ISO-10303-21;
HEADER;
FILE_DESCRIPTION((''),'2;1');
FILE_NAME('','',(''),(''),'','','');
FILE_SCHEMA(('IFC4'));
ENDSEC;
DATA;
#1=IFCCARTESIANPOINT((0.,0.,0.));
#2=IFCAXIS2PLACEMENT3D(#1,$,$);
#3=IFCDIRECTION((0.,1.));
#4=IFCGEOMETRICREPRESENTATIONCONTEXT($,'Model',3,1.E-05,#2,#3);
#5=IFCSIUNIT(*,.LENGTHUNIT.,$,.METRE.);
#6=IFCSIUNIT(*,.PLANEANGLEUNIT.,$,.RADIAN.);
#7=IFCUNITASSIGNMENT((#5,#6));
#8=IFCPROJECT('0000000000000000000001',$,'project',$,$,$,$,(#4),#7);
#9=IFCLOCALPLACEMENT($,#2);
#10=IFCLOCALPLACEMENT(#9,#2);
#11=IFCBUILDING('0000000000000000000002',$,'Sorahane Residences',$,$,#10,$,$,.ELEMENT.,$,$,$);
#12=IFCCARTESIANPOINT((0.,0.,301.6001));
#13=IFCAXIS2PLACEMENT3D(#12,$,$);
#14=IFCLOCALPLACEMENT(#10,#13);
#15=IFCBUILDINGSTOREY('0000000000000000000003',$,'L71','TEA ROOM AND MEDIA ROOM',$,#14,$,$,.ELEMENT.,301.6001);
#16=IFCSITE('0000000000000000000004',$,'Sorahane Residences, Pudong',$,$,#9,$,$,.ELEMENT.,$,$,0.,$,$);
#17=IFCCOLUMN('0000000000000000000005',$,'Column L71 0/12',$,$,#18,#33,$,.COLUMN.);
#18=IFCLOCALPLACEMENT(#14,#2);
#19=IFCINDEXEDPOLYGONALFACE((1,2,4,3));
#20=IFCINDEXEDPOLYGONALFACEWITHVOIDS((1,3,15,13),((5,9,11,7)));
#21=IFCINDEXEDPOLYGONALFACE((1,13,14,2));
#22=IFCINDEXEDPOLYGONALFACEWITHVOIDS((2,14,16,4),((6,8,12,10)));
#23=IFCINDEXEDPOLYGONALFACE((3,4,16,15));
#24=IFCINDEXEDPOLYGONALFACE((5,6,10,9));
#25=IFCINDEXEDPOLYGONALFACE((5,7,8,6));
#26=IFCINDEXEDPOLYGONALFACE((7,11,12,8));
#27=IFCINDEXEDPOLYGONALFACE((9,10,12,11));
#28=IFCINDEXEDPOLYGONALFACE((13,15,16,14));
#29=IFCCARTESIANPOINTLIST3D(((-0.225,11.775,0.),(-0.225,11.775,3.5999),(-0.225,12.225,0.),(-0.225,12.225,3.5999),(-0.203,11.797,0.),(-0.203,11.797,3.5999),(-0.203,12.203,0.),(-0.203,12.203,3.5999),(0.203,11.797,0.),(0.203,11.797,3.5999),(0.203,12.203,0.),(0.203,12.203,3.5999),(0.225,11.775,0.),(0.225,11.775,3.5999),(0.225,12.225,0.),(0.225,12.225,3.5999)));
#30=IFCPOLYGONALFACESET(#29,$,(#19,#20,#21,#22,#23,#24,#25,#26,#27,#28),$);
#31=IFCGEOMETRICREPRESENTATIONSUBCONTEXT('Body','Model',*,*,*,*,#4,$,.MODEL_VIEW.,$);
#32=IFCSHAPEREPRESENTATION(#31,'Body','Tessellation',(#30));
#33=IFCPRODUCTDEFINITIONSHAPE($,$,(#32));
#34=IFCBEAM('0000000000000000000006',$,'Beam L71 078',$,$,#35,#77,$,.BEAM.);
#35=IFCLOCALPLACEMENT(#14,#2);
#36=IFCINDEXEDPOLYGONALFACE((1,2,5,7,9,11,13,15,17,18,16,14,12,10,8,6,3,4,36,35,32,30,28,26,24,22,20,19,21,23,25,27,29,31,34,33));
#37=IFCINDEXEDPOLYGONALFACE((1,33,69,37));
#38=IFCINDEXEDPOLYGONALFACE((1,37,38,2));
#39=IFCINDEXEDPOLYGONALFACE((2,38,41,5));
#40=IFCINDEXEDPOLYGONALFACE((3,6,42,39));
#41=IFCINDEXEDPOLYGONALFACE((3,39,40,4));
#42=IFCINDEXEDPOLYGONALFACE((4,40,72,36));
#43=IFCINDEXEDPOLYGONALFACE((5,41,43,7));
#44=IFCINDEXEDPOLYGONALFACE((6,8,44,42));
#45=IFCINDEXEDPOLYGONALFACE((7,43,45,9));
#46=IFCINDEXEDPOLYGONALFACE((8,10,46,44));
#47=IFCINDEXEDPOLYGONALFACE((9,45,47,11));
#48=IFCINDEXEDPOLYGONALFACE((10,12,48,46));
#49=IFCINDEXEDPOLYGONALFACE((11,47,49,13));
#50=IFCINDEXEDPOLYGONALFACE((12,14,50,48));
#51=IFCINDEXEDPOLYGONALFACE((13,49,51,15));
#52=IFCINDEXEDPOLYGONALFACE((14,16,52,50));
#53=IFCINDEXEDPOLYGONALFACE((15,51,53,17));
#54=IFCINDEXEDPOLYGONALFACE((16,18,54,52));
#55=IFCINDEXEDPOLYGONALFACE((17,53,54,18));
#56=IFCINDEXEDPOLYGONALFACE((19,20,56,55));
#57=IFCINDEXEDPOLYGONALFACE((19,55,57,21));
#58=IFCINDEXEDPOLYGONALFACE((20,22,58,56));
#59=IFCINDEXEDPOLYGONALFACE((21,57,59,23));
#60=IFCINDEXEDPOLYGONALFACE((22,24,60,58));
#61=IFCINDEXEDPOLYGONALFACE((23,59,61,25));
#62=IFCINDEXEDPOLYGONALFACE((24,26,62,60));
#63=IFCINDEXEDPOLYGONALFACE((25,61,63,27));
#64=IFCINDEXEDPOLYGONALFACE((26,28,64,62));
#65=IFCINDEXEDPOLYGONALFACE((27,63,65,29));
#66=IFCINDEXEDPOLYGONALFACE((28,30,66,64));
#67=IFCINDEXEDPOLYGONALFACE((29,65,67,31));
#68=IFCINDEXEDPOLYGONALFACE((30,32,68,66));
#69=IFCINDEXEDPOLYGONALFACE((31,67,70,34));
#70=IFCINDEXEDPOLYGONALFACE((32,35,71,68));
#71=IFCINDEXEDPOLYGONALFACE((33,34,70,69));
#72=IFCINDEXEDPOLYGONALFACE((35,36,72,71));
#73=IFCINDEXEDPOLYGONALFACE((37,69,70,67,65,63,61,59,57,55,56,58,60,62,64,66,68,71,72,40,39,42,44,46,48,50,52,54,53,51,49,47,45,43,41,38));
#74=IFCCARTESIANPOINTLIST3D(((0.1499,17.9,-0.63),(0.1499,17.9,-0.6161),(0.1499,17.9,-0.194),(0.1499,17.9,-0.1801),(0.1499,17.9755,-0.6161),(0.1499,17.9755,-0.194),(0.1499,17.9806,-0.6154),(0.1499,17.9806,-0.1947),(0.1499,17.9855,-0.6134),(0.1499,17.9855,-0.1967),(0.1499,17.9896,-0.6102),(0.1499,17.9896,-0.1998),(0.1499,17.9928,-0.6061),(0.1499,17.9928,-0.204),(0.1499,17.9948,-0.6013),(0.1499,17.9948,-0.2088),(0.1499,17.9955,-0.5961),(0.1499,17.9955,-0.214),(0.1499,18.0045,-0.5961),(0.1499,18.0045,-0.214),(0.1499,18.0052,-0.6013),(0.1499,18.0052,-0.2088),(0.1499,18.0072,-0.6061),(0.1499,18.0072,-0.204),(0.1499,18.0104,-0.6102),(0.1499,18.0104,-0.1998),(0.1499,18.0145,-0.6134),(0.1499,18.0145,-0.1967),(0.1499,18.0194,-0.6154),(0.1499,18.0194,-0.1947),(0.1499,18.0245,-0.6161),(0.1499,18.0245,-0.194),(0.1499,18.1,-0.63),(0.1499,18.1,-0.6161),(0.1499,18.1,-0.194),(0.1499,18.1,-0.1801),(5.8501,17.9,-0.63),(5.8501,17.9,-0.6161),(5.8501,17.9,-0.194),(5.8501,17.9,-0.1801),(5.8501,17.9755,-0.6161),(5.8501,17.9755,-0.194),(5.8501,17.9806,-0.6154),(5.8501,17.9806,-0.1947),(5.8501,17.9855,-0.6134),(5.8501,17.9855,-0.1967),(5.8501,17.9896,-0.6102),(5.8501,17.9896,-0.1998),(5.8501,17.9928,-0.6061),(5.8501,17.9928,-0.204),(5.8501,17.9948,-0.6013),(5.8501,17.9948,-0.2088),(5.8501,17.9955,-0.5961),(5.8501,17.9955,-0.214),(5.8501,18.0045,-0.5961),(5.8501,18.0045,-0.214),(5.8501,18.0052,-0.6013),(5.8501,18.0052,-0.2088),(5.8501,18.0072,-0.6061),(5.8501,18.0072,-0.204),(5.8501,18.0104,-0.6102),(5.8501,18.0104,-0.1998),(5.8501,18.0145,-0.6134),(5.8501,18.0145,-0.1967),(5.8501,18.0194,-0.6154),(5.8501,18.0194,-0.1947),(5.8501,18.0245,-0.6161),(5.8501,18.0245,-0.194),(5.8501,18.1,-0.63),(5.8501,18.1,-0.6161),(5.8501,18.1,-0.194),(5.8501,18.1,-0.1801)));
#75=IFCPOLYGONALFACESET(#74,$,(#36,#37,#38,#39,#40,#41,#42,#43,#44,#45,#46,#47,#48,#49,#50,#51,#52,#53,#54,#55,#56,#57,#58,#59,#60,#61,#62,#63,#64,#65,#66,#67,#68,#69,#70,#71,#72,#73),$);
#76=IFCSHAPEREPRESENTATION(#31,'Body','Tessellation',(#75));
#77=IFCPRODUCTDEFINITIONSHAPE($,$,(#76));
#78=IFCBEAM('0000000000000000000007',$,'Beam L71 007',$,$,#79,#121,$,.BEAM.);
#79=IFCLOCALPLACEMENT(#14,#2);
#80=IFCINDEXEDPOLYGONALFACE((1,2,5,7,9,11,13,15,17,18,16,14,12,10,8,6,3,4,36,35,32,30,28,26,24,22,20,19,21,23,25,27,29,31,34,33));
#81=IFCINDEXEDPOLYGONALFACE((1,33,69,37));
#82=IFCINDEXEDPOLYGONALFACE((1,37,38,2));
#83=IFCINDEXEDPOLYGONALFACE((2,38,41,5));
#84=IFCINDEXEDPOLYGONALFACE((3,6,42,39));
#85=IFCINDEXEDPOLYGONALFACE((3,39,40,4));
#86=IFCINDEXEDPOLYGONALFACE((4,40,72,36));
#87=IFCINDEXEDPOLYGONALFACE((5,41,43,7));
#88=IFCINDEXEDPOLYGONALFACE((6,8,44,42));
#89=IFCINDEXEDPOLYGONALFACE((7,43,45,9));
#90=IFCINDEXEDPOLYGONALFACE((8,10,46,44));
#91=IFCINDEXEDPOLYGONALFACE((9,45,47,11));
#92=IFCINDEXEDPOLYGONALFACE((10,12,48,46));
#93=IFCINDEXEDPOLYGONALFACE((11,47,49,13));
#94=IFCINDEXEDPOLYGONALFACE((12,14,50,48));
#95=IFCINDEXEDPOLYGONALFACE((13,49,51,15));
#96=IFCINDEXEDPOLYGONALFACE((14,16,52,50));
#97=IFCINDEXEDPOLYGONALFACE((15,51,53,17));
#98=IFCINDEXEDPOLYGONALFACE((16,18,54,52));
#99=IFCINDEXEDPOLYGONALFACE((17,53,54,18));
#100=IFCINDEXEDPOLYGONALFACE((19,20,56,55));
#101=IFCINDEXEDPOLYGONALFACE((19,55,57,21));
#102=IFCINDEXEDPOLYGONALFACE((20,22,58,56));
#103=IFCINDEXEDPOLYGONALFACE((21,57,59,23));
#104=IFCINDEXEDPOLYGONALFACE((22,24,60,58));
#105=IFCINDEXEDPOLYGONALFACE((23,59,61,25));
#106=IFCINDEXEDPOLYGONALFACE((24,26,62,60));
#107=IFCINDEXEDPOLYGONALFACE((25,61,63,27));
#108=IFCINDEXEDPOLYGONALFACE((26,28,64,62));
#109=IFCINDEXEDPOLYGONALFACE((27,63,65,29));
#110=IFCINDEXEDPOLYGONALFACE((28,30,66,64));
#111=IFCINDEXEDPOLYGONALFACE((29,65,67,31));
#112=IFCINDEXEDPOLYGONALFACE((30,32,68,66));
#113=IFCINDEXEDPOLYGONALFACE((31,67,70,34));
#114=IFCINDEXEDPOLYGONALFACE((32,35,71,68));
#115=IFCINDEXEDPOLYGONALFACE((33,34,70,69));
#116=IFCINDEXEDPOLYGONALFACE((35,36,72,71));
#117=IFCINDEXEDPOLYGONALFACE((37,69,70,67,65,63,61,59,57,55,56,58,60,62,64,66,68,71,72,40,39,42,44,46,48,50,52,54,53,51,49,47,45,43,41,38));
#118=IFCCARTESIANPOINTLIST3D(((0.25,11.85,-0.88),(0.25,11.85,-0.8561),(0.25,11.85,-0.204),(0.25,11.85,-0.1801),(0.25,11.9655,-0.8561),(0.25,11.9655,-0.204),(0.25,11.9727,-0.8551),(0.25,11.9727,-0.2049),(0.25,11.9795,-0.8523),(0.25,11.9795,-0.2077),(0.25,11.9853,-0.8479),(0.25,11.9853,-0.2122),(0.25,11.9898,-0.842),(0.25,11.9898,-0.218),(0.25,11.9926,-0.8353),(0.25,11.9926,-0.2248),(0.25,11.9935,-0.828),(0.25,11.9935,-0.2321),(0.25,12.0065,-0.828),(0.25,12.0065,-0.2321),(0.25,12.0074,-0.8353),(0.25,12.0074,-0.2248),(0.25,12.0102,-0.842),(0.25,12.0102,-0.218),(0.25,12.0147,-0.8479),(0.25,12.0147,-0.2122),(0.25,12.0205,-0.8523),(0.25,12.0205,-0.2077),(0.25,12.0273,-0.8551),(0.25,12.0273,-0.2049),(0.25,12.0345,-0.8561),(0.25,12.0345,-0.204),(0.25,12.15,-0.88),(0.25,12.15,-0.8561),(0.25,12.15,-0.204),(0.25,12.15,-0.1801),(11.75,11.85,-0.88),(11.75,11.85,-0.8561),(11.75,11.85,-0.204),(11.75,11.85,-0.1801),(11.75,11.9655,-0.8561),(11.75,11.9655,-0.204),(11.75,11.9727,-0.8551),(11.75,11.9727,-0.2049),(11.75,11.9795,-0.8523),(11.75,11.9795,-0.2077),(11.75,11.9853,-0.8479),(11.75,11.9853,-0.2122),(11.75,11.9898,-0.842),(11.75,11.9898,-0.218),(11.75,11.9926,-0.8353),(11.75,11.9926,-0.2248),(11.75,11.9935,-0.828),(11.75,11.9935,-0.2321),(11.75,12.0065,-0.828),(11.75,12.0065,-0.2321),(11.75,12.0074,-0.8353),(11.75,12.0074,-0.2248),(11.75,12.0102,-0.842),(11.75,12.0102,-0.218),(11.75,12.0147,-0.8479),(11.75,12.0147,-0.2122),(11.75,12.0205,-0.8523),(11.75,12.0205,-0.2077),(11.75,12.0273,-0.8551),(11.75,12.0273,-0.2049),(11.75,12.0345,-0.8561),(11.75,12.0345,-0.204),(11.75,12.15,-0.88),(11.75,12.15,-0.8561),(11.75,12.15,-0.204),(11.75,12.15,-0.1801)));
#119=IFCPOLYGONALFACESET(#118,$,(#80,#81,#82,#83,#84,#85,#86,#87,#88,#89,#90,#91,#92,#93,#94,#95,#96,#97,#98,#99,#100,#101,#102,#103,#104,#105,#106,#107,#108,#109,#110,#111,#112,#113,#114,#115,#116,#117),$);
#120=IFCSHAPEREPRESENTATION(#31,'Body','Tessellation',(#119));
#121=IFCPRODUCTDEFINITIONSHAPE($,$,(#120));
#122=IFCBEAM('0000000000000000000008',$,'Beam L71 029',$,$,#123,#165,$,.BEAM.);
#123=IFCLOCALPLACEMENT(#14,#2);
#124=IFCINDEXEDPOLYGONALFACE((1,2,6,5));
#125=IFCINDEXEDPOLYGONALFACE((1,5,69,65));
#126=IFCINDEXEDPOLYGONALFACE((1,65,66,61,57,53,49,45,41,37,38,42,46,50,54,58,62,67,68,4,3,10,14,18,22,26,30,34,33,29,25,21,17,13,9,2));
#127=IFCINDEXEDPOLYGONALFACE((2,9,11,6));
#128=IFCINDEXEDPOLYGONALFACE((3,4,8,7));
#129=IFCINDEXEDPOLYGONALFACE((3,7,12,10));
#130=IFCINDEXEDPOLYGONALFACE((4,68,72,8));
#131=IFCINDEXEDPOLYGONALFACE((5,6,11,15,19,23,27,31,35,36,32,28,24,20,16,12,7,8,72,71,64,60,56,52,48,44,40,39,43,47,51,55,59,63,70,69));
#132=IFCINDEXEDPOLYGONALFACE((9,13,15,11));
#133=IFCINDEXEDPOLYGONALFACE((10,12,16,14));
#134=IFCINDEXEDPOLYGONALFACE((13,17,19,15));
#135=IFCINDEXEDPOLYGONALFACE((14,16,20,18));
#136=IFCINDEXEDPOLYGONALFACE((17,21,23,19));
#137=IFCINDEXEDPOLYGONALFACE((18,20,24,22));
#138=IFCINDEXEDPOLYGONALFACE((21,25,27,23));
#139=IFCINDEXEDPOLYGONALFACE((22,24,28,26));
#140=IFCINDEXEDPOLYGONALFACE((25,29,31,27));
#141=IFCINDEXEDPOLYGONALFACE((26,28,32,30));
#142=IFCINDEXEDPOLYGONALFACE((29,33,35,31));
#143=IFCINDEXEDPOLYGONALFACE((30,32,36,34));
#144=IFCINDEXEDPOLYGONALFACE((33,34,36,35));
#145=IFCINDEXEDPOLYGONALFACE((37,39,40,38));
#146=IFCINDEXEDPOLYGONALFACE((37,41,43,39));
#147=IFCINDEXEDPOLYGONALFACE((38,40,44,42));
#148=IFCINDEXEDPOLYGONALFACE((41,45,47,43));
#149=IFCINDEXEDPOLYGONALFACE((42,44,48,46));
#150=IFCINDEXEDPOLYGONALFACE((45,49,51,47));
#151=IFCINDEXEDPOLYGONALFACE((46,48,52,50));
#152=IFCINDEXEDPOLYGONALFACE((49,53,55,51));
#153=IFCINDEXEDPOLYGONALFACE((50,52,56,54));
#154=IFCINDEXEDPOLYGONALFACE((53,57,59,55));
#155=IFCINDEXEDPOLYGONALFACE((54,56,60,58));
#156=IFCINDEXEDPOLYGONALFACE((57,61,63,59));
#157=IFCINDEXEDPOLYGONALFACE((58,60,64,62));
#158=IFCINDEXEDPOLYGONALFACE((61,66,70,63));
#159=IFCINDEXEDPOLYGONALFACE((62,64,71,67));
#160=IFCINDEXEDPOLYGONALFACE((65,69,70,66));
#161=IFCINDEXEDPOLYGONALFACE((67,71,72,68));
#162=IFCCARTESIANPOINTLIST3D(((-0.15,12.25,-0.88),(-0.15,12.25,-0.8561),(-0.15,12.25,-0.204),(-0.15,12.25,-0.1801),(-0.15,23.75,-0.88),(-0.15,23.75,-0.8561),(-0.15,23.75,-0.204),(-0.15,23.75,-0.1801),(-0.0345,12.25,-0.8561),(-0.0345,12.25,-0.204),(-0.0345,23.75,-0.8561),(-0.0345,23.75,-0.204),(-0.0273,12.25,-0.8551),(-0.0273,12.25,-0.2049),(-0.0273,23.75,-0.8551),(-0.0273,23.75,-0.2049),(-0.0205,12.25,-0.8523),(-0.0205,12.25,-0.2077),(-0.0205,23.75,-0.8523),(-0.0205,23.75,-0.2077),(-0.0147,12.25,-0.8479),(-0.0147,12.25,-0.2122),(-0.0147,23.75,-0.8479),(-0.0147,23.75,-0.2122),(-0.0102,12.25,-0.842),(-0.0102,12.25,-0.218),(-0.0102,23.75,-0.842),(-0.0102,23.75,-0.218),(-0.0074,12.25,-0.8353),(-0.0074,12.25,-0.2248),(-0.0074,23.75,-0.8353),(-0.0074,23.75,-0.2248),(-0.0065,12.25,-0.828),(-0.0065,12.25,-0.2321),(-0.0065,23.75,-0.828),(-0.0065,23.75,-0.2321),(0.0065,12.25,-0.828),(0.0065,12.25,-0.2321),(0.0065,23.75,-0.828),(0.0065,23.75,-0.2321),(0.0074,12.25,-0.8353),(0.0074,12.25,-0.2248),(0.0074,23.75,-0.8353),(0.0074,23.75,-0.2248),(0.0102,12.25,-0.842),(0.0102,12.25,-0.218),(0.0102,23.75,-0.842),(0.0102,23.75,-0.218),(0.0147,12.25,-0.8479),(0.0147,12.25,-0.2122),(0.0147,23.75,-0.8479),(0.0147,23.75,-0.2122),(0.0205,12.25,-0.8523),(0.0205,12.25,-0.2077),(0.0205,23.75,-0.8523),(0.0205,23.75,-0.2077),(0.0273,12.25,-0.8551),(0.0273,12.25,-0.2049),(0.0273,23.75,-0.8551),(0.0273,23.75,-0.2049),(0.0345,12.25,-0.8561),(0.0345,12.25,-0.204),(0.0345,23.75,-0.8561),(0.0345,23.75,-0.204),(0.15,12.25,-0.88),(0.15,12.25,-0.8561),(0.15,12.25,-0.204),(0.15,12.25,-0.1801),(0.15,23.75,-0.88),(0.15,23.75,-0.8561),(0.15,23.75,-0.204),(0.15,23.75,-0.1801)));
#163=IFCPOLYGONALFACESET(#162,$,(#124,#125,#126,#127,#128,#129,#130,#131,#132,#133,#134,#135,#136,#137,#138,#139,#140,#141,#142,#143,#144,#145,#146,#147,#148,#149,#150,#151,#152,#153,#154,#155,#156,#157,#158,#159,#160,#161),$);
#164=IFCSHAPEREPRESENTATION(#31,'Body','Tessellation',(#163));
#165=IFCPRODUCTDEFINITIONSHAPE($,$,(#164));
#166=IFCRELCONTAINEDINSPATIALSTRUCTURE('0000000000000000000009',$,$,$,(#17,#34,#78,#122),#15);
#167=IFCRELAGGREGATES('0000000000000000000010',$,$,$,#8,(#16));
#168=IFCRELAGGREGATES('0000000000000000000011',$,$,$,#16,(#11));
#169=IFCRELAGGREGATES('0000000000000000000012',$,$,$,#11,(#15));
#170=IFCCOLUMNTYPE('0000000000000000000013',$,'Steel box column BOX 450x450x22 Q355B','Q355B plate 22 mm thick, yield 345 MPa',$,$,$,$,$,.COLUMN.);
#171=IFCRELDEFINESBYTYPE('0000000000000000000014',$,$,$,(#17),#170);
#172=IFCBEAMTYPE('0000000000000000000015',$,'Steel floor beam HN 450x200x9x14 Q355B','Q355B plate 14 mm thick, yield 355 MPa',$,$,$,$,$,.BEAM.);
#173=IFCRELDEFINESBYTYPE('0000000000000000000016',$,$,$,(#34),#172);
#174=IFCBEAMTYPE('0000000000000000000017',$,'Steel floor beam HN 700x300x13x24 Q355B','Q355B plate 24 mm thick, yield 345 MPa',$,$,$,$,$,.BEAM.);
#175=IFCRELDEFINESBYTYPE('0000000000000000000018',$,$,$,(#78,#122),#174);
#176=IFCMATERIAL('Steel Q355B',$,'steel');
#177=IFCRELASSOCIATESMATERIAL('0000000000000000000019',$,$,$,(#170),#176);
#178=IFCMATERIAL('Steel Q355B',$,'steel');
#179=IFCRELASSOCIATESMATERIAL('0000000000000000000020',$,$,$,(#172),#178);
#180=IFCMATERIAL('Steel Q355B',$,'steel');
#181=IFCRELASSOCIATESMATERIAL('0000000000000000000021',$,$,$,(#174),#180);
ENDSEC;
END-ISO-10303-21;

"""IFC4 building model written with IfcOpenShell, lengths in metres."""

from ifc_helpers import new_model, si_unit, direction, frame, origin, origin_2d, place, context, subcontext, project, spatial, hollow_rectangle, i_section, extrude, material, material_profile, profile_set, type_object, element, save


model = new_model("IFC4")

# Units and contexts
model_context = context("Model", 3, precision=1e-05, world=origin(), true_north=direction((0.0, 1.0)))
body_context = subcontext(model_context, "Body", "Model", "MODEL_VIEW")
ifc_project = project(units=[si_unit("LENGTHUNIT", "METRE"), si_unit("PLANEANGLEUNIT", "RADIAN")], contexts=[model_context])

# Site, building, storey
site_placement = place(None, origin())
site = spatial("IfcSite", under=ifc_project, at=site_placement, Name="Sorahane Residences, Pudong", CompositionType="ELEMENT", RefElevation=0.0)
building_placement = place(site_placement, origin())
building = spatial("IfcBuilding", under=site, at=building_placement, Name="Sorahane Residences", CompositionType="ELEMENT")
storey_placement = place(building_placement, frame((0.0, 0.0, 301.6001)))
storey = spatial("IfcBuildingStorey", under=building, at=storey_placement, Name="L71", Description="TEA ROOM AND MEDIA ROOM", CompositionType="ELEMENT", Elevation=301.6001)

# Column
ifc_material_1 = material(Name="Steel Q355B", Category="steel")
ifc_material_profile_1 = material_profile(ifc_material_1, hollow_rectangle(XDim=0.45, YDim=0.45, WallThickness=0.022, at=origin_2d()), Name="BOX 450x450x22")
ifc_profile_set_1 = profile_set([ifc_material_profile_1], Name="Steel Q355B")
column_type = type_object("IfcColumnType", Name="Steel box column BOX 450x450x22 Q355B", Description="Q355B plate 22 mm thick, yield 345 MPa", PredefinedType="COLUMN", material=ifc_profile_set_1)
column_placement = place(storey_placement, frame((0.0, 12.0, 0.0), z_axis=(0.0, 0.0, 1.0), x_axis=(1.0, 0.0, 0.0)))
element("IfcColumn", 1, at=column_placement, inside=storey, type_object=column_type, Name="Column L71 0/12", PredefinedType="COLUMN", context=body_context, shape_type="SweptSolid", body=[
    extrude(hollow_rectangle(XDim=0.45, YDim=0.45, WallThickness=0.022, at=origin_2d()), origin(), (0.0, 0.0, 1.0), 3.5999),
])

# Beams
ifc_material_2 = material(Name="Steel Q355B", Category="steel")
ifc_material_profile_2 = material_profile(ifc_material_2, i_section(OverallWidth=0.2, OverallDepth=0.45, WebThickness=0.009, FlangeThickness=0.0139, FilletRadius=0.02, at=origin_2d()), Name="HN 450x200x9x14")
ifc_profile_set_2 = profile_set([ifc_material_profile_2], Name="Steel Q355B")
beam_type_1 = type_object("IfcBeamType", Name="Steel floor beam HN 450x200x9x14 Q355B", Description="Q355B plate 14 mm thick, yield 355 MPa", PredefinedType="BEAM", material=ifc_profile_set_2)
beam_1_placement = place(storey_placement, frame((0.1499, 18.0, -0.405), z_axis=(1.0, 0.0, 0.0), x_axis=(0.0, 1.0, 0.0)))
element("IfcBeam", 2, at=beam_1_placement, inside=storey, type_object=beam_type_1, Name="Beam L71 078", PredefinedType="BEAM", context=body_context, shape_type="SweptSolid", body=[
    extrude(i_section(OverallWidth=0.2, OverallDepth=0.45, WebThickness=0.009, FlangeThickness=0.0139, FilletRadius=0.02, at=origin_2d()), origin(), (0.0, 0.0, 1.0), 5.7002),
])
ifc_material_3 = material(Name="Steel Q355B", Category="steel")
ifc_material_profile_3 = material_profile(ifc_material_3, i_section(OverallWidth=0.3, OverallDepth=0.7, WebThickness=0.0129, FlangeThickness=0.0239, FilletRadius=0.0281, at=origin_2d()), Name="HN 700x300x13x24")
ifc_profile_set_3 = profile_set([ifc_material_profile_3], Name="Steel Q355B")
beam_type_2 = type_object("IfcBeamType", Name="Steel floor beam HN 700x300x13x24 Q355B", Description="Q355B plate 24 mm thick, yield 345 MPa", PredefinedType="BEAM", material=ifc_profile_set_3)
for number, where, z_axis, x_axis, name in (
    (3, (0.25, 12.0, -0.53), (1.0, 0.0, 0.0), (0.0, 1.0, 0.0), "Beam L71 007"),
    (4, (0.0, 12.25, -0.53), (0.0, 1.0, 0.0), (-1.0, 0.0, 0.0), "Beam L71 029"),
):
    element("IfcBeam", number, at=place(storey_placement, frame(where, z_axis=z_axis, x_axis=x_axis)), inside=storey, type_object=beam_type_2, Name=name, PredefinedType="BEAM", context=body_context, shape_type="SweptSolid", body=[
        extrude(i_section(OverallWidth=0.3, OverallDepth=0.7, WebThickness=0.0129, FlangeThickness=0.0239, FilletRadius=0.0281, at=origin_2d()), origin(), (0.0, 0.0, 1.0), 11.5),
    ])

save(model, "model.ifc")
